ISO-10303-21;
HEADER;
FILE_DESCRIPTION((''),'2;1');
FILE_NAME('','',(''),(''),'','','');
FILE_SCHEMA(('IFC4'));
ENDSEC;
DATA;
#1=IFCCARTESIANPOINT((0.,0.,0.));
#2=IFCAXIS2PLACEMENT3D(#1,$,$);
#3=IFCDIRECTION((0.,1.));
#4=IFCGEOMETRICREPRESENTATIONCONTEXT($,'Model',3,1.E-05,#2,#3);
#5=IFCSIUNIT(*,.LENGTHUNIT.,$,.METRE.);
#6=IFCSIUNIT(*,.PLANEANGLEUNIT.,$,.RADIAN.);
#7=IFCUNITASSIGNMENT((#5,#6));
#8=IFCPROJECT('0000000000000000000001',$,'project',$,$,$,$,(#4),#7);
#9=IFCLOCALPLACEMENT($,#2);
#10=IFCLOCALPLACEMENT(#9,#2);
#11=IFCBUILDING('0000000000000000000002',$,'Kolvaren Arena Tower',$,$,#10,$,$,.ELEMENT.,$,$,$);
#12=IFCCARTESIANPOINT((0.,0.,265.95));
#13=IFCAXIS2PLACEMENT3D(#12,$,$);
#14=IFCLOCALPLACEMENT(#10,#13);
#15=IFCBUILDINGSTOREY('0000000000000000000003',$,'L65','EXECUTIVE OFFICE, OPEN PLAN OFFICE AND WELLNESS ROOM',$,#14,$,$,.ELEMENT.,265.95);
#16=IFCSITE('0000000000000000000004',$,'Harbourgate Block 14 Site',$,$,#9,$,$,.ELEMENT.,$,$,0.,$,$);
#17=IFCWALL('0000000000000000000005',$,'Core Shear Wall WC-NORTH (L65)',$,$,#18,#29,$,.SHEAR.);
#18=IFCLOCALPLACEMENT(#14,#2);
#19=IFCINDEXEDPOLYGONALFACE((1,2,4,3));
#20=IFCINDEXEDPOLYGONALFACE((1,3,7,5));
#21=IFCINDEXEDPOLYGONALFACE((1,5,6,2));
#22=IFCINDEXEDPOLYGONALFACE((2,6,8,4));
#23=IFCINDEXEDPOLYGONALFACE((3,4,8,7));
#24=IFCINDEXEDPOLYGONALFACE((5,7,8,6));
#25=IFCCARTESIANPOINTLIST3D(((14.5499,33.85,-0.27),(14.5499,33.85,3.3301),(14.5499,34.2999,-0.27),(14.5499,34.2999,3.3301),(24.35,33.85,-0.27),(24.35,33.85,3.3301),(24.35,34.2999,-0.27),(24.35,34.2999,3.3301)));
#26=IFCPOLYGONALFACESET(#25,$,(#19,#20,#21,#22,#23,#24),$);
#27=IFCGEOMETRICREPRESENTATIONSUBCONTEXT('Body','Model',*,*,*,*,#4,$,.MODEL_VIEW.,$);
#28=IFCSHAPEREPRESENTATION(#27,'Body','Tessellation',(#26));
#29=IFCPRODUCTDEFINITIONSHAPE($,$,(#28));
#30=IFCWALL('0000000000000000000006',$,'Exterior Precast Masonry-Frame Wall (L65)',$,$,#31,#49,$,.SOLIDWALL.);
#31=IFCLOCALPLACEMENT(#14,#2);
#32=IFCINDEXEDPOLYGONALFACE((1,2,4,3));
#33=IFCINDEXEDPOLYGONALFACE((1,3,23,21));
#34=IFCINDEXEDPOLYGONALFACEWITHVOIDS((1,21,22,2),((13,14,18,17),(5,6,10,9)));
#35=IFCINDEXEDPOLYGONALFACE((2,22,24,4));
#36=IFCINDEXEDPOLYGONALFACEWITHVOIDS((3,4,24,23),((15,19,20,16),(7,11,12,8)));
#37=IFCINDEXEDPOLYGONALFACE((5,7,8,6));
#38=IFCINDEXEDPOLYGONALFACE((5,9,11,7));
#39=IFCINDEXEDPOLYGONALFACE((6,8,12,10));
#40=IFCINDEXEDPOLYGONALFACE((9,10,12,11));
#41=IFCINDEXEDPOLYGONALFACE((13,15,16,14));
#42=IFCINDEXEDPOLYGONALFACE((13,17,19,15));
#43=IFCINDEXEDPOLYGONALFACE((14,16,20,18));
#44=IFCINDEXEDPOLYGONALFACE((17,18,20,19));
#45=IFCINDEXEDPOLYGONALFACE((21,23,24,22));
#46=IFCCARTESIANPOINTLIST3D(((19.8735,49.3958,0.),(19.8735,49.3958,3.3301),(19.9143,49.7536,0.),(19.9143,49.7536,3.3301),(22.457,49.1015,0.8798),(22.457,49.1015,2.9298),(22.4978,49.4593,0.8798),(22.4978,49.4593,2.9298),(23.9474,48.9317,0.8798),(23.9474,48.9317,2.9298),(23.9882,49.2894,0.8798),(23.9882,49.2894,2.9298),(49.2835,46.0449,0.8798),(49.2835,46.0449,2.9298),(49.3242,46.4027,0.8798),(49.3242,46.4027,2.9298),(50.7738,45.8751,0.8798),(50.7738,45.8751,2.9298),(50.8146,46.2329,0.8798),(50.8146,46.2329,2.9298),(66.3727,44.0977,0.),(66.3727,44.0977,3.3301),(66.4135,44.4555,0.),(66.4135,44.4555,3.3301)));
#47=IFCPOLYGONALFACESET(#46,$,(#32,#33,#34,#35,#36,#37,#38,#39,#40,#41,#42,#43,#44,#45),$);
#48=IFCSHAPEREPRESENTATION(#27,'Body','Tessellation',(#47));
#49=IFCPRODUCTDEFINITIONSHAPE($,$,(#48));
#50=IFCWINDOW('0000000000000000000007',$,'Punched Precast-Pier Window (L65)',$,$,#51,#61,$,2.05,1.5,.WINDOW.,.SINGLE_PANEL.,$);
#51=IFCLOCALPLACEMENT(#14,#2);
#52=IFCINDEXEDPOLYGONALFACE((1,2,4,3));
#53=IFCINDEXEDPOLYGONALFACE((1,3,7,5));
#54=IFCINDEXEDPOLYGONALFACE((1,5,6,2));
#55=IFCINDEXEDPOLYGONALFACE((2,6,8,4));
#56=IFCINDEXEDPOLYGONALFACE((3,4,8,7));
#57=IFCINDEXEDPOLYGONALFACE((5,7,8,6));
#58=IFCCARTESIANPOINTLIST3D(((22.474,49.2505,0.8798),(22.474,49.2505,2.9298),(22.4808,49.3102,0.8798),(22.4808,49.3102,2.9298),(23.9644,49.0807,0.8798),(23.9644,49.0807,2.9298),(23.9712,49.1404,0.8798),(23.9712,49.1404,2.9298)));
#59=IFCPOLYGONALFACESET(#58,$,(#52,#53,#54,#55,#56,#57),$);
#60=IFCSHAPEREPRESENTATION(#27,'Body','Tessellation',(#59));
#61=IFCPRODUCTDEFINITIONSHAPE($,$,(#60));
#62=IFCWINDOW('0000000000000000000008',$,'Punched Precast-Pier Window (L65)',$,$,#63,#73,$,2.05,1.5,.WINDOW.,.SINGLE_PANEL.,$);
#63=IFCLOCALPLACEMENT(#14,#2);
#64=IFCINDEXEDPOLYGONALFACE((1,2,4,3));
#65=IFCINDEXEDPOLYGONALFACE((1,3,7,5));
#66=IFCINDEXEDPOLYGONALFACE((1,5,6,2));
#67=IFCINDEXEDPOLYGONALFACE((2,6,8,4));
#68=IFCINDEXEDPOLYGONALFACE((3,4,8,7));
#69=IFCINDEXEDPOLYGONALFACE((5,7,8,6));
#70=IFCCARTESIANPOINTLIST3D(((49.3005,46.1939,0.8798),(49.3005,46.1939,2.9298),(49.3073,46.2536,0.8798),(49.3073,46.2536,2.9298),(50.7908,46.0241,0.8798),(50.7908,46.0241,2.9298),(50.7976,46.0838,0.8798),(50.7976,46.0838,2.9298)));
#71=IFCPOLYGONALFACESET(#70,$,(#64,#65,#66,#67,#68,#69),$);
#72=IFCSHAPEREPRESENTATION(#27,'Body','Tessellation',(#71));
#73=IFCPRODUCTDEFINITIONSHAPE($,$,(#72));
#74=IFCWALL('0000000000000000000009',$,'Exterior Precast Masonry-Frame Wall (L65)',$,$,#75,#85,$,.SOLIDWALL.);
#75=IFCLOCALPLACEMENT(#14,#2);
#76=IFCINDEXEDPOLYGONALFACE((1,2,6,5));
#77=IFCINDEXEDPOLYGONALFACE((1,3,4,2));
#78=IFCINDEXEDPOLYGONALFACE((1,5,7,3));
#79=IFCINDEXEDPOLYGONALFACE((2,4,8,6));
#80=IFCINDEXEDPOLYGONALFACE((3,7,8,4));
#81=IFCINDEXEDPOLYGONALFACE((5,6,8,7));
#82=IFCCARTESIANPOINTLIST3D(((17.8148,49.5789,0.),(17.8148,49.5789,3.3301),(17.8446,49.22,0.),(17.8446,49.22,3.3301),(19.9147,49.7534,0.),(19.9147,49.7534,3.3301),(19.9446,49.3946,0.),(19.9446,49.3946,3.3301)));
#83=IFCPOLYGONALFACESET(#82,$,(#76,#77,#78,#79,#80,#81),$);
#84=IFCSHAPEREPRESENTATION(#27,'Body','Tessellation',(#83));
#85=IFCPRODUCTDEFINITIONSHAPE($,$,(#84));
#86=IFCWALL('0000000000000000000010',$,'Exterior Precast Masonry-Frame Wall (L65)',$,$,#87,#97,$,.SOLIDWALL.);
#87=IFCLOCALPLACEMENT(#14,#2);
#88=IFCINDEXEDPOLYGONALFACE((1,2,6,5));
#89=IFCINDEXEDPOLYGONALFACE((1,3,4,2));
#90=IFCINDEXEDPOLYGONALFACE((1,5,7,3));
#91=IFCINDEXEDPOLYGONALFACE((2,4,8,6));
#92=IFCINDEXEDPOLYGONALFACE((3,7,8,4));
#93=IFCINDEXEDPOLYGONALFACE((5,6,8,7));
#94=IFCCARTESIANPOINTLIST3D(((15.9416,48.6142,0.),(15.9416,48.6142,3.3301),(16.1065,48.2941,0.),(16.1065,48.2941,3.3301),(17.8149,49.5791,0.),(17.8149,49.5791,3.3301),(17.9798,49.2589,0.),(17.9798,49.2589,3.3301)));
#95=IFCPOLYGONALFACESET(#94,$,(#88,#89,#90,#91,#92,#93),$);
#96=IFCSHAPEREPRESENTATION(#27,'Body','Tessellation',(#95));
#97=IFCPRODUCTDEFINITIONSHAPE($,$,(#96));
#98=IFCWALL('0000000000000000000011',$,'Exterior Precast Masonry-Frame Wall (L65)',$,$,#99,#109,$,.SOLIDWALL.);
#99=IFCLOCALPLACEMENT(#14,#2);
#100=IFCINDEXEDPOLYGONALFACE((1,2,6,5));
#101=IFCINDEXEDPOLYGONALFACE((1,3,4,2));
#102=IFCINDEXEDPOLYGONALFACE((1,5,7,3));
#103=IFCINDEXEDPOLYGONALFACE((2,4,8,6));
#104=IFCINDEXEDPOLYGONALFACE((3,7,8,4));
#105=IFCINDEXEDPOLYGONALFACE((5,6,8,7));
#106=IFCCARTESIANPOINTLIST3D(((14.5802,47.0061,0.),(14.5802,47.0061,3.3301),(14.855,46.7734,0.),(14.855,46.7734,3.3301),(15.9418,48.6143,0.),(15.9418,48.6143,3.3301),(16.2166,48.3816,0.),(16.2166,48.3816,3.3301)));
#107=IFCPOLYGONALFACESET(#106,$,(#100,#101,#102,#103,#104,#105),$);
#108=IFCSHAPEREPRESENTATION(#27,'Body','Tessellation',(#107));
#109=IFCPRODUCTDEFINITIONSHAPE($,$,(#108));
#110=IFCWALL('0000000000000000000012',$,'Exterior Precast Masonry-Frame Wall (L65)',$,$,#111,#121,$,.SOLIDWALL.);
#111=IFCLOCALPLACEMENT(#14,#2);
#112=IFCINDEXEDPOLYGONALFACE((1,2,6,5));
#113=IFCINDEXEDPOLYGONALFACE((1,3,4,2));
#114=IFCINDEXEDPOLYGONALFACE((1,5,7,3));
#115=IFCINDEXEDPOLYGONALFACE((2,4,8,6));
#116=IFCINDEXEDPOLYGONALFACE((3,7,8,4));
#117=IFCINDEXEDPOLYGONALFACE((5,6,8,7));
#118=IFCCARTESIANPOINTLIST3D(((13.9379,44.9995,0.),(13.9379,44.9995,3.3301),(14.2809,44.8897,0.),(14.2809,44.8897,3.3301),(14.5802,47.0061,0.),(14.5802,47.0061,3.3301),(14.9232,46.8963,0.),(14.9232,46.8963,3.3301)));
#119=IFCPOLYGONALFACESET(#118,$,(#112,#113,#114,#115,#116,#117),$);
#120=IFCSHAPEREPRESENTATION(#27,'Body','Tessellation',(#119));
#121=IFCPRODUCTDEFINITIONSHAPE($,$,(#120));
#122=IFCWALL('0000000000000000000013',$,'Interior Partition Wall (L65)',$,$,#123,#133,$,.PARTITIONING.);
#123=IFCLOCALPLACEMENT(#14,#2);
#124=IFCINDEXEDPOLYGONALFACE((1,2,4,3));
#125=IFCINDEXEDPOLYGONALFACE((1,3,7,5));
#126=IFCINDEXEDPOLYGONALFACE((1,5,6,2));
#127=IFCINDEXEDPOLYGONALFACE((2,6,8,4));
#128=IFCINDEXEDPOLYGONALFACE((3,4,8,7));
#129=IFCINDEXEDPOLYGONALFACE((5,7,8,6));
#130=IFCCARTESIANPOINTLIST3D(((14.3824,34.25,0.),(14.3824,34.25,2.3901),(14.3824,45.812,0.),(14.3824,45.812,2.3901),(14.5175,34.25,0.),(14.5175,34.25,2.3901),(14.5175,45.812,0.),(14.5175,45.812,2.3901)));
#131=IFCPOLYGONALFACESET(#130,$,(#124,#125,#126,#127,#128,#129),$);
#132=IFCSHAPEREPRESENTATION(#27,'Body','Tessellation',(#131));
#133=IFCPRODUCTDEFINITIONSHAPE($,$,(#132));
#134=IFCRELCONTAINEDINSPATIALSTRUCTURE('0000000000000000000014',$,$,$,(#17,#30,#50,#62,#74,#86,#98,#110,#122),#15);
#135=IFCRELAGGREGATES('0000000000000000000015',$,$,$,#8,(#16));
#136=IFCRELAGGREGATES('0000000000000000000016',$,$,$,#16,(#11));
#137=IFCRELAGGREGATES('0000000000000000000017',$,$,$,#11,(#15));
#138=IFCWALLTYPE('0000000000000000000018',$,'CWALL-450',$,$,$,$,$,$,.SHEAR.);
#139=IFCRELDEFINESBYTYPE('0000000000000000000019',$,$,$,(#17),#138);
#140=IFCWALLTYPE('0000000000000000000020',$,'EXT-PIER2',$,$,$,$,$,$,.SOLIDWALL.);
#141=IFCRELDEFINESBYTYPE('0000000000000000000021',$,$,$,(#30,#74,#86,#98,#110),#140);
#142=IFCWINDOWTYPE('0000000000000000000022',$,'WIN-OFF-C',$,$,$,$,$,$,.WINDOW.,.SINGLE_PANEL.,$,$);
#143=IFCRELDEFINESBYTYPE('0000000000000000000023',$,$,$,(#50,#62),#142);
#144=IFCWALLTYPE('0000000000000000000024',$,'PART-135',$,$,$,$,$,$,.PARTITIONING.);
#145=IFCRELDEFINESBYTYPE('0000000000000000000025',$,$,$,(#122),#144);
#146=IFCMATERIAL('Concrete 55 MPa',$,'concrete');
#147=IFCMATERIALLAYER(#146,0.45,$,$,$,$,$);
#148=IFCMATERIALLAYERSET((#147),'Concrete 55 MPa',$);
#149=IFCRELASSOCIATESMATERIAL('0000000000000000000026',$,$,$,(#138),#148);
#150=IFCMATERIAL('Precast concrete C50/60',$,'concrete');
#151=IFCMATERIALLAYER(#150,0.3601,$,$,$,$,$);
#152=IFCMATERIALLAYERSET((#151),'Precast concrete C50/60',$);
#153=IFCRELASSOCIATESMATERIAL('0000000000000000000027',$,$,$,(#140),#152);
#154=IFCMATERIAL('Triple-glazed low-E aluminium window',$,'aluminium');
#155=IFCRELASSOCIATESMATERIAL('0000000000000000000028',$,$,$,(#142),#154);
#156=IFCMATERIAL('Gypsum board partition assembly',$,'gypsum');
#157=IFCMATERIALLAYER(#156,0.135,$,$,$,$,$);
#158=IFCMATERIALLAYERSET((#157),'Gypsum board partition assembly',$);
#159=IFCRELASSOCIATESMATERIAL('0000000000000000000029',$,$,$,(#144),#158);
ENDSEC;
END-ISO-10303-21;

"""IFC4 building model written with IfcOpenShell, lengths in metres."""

from ifc_helpers import new_model, si_unit, direction, frame, frame_2d, origin, place, context, subcontext, project, spatial, rectangle, extrude, material, layer, layer_set, type_object, element, fill, save


model = new_model("IFC4")

# Units and contexts
model_context = context("Model", 3, precision=1e-05, world=origin(), true_north=direction((0.0, 1.0)))
body_context = subcontext(model_context, "Body", "Model", "MODEL_VIEW")
ifc_project = project(units=[si_unit("LENGTHUNIT", "METRE"), si_unit("PLANEANGLEUNIT", "RADIAN")], contexts=[model_context])

# Site, building, storey
site_placement = place(None, origin())
site = spatial("IfcSite", under=ifc_project, at=site_placement, Name="Harbourgate Block 14 Site", CompositionType="ELEMENT", RefElevation=0.0)
building_placement = place(site_placement, origin())
building = spatial("IfcBuilding", under=site, at=building_placement, Name="Kolvaren Arena Tower", CompositionType="ELEMENT")
storey_placement = place(building_placement, frame((0.0, 0.0, 265.95)))
storey = spatial("IfcBuildingStorey", under=building, at=storey_placement, Name="L65", Description="EXECUTIVE OFFICE, OPEN PLAN OFFICE AND WELLNESS ROOM", CompositionType="ELEMENT", Elevation=265.95)

# Wall
ifc_material_1 = material(Name="Concrete 55 MPa", Category="concrete")
ifc_layer_1 = layer(ifc_material_1, 0.45)
ifc_layer_set_1 = layer_set([ifc_layer_1], Name="Concrete 55 MPa")
wall_type_1 = type_object("IfcWallType", Name="CWALL-450", PredefinedType="SHEAR", material=ifc_layer_set_1)
wall_1_placement = place(storey_placement, frame((14.55, 34.075, -0.27), z_axis=(0.0, 0.0, 1.0), x_axis=(1.0, 0.0, 0.0)))
element("IfcWall", 1, at=wall_1_placement, inside=storey, type_object=wall_type_1, Name="Core Shear Wall WC-NORTH (L65)", PredefinedType="SHEAR", context=body_context, shape_type="SweptSolid", body=[
    extrude(rectangle(XDim=9.8, YDim=0.45, at=frame_2d((4.8999, 0.0))), origin(), (0.0, 0.0, 1.0), 3.6001),
])

# Wall, openings, windows
ifc_material_2 = material(Name="Precast concrete C50/60", Category="concrete")
ifc_layer_2 = layer(ifc_material_2, 0.3601)
ifc_layer_set_2 = layer_set([ifc_layer_2], Name="Precast concrete C50/60")
wall_type_2 = type_object("IfcWallType", Name="EXT-PIER2", PredefinedType="SOLIDWALL", material=ifc_layer_set_2)
wall_2_placement = place(storey_placement, frame((19.894, 49.5747, 0.0), z_axis=(0.0, 0.0, 1.0), x_axis=(0.993571, -0.113207, 0.0)))
wall_2 = element("IfcWall", 2, at=wall_2_placement, inside=storey, type_object=wall_type_2, Name="Exterior Precast Masonry-Frame Wall (L65)", PredefinedType="SOLIDWALL", context=body_context, shape_type="SweptSolid", body=[
    extrude(rectangle(XDim=46.8, YDim=0.3601, at=frame_2d((23.3999, 0.0))), origin(), (0.0, 0.0, 1.0), 3.3301),
])
opening_1_placement = place(wall_2_placement, frame((2.6001, 0.0, 0.8799)))
opening_1 = element("IfcOpeningElement", 3, at=opening_1_placement, cuts=wall_2, PredefinedType="OPENING", context=body_context, shape_type="SweptSolid", body=[
    extrude(rectangle(XDim=1.5, YDim=2.05, at=frame_2d((0.75, 1.0249))), frame((0.0, 0.1899, 0.0), z_axis=(0.0, -1.0, 0.0), x_axis=(1.0, 0.0, 0.0)), (0.0, 0.0, 1.0), 0.3801),
])
opening_2_placement = place(wall_2_placement, frame((29.6001, 0.0, 0.8799)))
opening_2 = element("IfcOpeningElement", 4, at=opening_2_placement, cuts=wall_2, PredefinedType="OPENING", context=body_context, shape_type="SweptSolid", body=[
    extrude(rectangle(XDim=1.5, YDim=2.05, at=frame_2d((0.75, 1.0249))), frame((0.0, 0.1899, 0.0), z_axis=(0.0, -1.0, 0.0), x_axis=(1.0, 0.0, 0.0)), (0.0, 0.0, 1.0), 0.3801),
])
ifc_material_3 = material(Name="Triple-glazed low-E aluminium window", Category="aluminium")
window_type = type_object("IfcWindowType", Name="WIN-OFF-C", PartitioningType="SINGLE_PANEL", PredefinedType="WINDOW", material=ifc_material_3)
window_1_placement = place(opening_1_placement, origin())
window_1 = element("IfcWindow", 5, at=window_1_placement, inside=storey, type_object=window_type, Name="Punched Precast-Pier Window (L65)", OverallHeight=2.05, OverallWidth=1.5, PartitioningType="SINGLE_PANEL", PredefinedType="WINDOW", context=body_context, shape_type="SweptSolid", body=[
    extrude(rectangle(XDim=1.5, YDim=2.05, at=frame_2d((0.75, 1.0249))), frame((0.0, 0.03, 0.0), z_axis=(0.0, -1.0, 0.0), x_axis=(1.0, 0.0, 0.0)), (0.0, 0.0, 1.0), 0.0601),
])
fill(opening_1, window_1)
window_2_placement = place(opening_2_placement, origin())
window_2 = element("IfcWindow", 6, at=window_2_placement, inside=storey, type_object=window_type, Name="Punched Precast-Pier Window (L65)", OverallHeight=2.05, OverallWidth=1.5, PartitioningType="SINGLE_PANEL", PredefinedType="WINDOW", context=body_context, shape_type="SweptSolid", body=[
    extrude(rectangle(XDim=1.5, YDim=2.05, at=frame_2d((0.75, 1.0249))), frame((0.0, 0.03, 0.0), z_axis=(0.0, -1.0, 0.0), x_axis=(1.0, 0.0, 0.0)), (0.0, 0.0, 1.0), 0.0601),
])
fill(opening_2, window_2)

# Walls
for number, where, z_axis, x_axis, name in (
    (7, (17.8296, 49.3994, 0.0), (0.0, 0.0, 1.0), (0.996563, 0.082844, 0.0), "Exterior Precast Masonry-Frame Wall (L65)"),
    (8, (16.0239, 48.4541, 0.0), (0.0, 0.0, 1.0), (0.88901, 0.457887, 0.0), "Exterior Precast Masonry-Frame Wall (L65)"),
    (9, (14.7175, 46.8896, 0.0), (0.0, 0.0, 1.0), (0.646171, 0.763193, 0.0), "Exterior Precast Masonry-Frame Wall (L65)"),
):
    element("IfcWall", number, at=place(storey_placement, frame(where, z_axis=z_axis, x_axis=x_axis)), inside=storey, type_object=wall_type_2, Name=name, PredefinedType="SOLIDWALL", context=body_context, shape_type="SweptSolid", body=[
        extrude(rectangle(XDim=2.1072, YDim=0.3601, at=frame_2d((1.0537, 0.0))), origin(), (0.0, 0.0, 1.0), 3.3301),
    ])
wall_3_placement = place(storey_placement, frame((14.1094, 44.9446, 0.0), z_axis=(0.0, 0.0, 1.0), x_axis=(0.304872, 0.952393, 0.0)))
element("IfcWall", 10, at=wall_3_placement, inside=storey, type_object=wall_type_2, Name="Exterior Precast Masonry-Frame Wall (L65)", PredefinedType="SOLIDWALL", context=body_context, shape_type="SweptSolid", body=[
    extrude(rectangle(XDim=2.1069, YDim=0.3601, at=frame_2d((1.0535, 0.0))), origin(), (0.0, 0.0, 1.0), 3.3301),
])
ifc_material_4 = material(Name="Gypsum board partition assembly", Category="gypsum")
ifc_layer_3 = layer(ifc_material_4, 0.135)
ifc_layer_set_3 = layer_set([ifc_layer_3], Name="Gypsum board partition assembly")
wall_type_3 = type_object("IfcWallType", Name="PART-135", PredefinedType="PARTITIONING", material=ifc_layer_set_3)
wall_4_placement = place(storey_placement, frame((14.45, 34.25, 0.0), z_axis=(0.0, 0.0, 1.0), x_axis=(0.0, 1.0, 0.0)))
element("IfcWall", 11, at=wall_4_placement, inside=storey, type_object=wall_type_3, Name="Interior Partition Wall (L65)", PredefinedType="PARTITIONING", context=body_context, shape_type="SweptSolid", body=[
    extrude(rectangle(XDim=11.562, YDim=0.135, at=frame_2d((5.781, 0.0))), origin(), (0.0, 0.0, 1.0), 2.3901),
])

save(model, "model.ifc")
